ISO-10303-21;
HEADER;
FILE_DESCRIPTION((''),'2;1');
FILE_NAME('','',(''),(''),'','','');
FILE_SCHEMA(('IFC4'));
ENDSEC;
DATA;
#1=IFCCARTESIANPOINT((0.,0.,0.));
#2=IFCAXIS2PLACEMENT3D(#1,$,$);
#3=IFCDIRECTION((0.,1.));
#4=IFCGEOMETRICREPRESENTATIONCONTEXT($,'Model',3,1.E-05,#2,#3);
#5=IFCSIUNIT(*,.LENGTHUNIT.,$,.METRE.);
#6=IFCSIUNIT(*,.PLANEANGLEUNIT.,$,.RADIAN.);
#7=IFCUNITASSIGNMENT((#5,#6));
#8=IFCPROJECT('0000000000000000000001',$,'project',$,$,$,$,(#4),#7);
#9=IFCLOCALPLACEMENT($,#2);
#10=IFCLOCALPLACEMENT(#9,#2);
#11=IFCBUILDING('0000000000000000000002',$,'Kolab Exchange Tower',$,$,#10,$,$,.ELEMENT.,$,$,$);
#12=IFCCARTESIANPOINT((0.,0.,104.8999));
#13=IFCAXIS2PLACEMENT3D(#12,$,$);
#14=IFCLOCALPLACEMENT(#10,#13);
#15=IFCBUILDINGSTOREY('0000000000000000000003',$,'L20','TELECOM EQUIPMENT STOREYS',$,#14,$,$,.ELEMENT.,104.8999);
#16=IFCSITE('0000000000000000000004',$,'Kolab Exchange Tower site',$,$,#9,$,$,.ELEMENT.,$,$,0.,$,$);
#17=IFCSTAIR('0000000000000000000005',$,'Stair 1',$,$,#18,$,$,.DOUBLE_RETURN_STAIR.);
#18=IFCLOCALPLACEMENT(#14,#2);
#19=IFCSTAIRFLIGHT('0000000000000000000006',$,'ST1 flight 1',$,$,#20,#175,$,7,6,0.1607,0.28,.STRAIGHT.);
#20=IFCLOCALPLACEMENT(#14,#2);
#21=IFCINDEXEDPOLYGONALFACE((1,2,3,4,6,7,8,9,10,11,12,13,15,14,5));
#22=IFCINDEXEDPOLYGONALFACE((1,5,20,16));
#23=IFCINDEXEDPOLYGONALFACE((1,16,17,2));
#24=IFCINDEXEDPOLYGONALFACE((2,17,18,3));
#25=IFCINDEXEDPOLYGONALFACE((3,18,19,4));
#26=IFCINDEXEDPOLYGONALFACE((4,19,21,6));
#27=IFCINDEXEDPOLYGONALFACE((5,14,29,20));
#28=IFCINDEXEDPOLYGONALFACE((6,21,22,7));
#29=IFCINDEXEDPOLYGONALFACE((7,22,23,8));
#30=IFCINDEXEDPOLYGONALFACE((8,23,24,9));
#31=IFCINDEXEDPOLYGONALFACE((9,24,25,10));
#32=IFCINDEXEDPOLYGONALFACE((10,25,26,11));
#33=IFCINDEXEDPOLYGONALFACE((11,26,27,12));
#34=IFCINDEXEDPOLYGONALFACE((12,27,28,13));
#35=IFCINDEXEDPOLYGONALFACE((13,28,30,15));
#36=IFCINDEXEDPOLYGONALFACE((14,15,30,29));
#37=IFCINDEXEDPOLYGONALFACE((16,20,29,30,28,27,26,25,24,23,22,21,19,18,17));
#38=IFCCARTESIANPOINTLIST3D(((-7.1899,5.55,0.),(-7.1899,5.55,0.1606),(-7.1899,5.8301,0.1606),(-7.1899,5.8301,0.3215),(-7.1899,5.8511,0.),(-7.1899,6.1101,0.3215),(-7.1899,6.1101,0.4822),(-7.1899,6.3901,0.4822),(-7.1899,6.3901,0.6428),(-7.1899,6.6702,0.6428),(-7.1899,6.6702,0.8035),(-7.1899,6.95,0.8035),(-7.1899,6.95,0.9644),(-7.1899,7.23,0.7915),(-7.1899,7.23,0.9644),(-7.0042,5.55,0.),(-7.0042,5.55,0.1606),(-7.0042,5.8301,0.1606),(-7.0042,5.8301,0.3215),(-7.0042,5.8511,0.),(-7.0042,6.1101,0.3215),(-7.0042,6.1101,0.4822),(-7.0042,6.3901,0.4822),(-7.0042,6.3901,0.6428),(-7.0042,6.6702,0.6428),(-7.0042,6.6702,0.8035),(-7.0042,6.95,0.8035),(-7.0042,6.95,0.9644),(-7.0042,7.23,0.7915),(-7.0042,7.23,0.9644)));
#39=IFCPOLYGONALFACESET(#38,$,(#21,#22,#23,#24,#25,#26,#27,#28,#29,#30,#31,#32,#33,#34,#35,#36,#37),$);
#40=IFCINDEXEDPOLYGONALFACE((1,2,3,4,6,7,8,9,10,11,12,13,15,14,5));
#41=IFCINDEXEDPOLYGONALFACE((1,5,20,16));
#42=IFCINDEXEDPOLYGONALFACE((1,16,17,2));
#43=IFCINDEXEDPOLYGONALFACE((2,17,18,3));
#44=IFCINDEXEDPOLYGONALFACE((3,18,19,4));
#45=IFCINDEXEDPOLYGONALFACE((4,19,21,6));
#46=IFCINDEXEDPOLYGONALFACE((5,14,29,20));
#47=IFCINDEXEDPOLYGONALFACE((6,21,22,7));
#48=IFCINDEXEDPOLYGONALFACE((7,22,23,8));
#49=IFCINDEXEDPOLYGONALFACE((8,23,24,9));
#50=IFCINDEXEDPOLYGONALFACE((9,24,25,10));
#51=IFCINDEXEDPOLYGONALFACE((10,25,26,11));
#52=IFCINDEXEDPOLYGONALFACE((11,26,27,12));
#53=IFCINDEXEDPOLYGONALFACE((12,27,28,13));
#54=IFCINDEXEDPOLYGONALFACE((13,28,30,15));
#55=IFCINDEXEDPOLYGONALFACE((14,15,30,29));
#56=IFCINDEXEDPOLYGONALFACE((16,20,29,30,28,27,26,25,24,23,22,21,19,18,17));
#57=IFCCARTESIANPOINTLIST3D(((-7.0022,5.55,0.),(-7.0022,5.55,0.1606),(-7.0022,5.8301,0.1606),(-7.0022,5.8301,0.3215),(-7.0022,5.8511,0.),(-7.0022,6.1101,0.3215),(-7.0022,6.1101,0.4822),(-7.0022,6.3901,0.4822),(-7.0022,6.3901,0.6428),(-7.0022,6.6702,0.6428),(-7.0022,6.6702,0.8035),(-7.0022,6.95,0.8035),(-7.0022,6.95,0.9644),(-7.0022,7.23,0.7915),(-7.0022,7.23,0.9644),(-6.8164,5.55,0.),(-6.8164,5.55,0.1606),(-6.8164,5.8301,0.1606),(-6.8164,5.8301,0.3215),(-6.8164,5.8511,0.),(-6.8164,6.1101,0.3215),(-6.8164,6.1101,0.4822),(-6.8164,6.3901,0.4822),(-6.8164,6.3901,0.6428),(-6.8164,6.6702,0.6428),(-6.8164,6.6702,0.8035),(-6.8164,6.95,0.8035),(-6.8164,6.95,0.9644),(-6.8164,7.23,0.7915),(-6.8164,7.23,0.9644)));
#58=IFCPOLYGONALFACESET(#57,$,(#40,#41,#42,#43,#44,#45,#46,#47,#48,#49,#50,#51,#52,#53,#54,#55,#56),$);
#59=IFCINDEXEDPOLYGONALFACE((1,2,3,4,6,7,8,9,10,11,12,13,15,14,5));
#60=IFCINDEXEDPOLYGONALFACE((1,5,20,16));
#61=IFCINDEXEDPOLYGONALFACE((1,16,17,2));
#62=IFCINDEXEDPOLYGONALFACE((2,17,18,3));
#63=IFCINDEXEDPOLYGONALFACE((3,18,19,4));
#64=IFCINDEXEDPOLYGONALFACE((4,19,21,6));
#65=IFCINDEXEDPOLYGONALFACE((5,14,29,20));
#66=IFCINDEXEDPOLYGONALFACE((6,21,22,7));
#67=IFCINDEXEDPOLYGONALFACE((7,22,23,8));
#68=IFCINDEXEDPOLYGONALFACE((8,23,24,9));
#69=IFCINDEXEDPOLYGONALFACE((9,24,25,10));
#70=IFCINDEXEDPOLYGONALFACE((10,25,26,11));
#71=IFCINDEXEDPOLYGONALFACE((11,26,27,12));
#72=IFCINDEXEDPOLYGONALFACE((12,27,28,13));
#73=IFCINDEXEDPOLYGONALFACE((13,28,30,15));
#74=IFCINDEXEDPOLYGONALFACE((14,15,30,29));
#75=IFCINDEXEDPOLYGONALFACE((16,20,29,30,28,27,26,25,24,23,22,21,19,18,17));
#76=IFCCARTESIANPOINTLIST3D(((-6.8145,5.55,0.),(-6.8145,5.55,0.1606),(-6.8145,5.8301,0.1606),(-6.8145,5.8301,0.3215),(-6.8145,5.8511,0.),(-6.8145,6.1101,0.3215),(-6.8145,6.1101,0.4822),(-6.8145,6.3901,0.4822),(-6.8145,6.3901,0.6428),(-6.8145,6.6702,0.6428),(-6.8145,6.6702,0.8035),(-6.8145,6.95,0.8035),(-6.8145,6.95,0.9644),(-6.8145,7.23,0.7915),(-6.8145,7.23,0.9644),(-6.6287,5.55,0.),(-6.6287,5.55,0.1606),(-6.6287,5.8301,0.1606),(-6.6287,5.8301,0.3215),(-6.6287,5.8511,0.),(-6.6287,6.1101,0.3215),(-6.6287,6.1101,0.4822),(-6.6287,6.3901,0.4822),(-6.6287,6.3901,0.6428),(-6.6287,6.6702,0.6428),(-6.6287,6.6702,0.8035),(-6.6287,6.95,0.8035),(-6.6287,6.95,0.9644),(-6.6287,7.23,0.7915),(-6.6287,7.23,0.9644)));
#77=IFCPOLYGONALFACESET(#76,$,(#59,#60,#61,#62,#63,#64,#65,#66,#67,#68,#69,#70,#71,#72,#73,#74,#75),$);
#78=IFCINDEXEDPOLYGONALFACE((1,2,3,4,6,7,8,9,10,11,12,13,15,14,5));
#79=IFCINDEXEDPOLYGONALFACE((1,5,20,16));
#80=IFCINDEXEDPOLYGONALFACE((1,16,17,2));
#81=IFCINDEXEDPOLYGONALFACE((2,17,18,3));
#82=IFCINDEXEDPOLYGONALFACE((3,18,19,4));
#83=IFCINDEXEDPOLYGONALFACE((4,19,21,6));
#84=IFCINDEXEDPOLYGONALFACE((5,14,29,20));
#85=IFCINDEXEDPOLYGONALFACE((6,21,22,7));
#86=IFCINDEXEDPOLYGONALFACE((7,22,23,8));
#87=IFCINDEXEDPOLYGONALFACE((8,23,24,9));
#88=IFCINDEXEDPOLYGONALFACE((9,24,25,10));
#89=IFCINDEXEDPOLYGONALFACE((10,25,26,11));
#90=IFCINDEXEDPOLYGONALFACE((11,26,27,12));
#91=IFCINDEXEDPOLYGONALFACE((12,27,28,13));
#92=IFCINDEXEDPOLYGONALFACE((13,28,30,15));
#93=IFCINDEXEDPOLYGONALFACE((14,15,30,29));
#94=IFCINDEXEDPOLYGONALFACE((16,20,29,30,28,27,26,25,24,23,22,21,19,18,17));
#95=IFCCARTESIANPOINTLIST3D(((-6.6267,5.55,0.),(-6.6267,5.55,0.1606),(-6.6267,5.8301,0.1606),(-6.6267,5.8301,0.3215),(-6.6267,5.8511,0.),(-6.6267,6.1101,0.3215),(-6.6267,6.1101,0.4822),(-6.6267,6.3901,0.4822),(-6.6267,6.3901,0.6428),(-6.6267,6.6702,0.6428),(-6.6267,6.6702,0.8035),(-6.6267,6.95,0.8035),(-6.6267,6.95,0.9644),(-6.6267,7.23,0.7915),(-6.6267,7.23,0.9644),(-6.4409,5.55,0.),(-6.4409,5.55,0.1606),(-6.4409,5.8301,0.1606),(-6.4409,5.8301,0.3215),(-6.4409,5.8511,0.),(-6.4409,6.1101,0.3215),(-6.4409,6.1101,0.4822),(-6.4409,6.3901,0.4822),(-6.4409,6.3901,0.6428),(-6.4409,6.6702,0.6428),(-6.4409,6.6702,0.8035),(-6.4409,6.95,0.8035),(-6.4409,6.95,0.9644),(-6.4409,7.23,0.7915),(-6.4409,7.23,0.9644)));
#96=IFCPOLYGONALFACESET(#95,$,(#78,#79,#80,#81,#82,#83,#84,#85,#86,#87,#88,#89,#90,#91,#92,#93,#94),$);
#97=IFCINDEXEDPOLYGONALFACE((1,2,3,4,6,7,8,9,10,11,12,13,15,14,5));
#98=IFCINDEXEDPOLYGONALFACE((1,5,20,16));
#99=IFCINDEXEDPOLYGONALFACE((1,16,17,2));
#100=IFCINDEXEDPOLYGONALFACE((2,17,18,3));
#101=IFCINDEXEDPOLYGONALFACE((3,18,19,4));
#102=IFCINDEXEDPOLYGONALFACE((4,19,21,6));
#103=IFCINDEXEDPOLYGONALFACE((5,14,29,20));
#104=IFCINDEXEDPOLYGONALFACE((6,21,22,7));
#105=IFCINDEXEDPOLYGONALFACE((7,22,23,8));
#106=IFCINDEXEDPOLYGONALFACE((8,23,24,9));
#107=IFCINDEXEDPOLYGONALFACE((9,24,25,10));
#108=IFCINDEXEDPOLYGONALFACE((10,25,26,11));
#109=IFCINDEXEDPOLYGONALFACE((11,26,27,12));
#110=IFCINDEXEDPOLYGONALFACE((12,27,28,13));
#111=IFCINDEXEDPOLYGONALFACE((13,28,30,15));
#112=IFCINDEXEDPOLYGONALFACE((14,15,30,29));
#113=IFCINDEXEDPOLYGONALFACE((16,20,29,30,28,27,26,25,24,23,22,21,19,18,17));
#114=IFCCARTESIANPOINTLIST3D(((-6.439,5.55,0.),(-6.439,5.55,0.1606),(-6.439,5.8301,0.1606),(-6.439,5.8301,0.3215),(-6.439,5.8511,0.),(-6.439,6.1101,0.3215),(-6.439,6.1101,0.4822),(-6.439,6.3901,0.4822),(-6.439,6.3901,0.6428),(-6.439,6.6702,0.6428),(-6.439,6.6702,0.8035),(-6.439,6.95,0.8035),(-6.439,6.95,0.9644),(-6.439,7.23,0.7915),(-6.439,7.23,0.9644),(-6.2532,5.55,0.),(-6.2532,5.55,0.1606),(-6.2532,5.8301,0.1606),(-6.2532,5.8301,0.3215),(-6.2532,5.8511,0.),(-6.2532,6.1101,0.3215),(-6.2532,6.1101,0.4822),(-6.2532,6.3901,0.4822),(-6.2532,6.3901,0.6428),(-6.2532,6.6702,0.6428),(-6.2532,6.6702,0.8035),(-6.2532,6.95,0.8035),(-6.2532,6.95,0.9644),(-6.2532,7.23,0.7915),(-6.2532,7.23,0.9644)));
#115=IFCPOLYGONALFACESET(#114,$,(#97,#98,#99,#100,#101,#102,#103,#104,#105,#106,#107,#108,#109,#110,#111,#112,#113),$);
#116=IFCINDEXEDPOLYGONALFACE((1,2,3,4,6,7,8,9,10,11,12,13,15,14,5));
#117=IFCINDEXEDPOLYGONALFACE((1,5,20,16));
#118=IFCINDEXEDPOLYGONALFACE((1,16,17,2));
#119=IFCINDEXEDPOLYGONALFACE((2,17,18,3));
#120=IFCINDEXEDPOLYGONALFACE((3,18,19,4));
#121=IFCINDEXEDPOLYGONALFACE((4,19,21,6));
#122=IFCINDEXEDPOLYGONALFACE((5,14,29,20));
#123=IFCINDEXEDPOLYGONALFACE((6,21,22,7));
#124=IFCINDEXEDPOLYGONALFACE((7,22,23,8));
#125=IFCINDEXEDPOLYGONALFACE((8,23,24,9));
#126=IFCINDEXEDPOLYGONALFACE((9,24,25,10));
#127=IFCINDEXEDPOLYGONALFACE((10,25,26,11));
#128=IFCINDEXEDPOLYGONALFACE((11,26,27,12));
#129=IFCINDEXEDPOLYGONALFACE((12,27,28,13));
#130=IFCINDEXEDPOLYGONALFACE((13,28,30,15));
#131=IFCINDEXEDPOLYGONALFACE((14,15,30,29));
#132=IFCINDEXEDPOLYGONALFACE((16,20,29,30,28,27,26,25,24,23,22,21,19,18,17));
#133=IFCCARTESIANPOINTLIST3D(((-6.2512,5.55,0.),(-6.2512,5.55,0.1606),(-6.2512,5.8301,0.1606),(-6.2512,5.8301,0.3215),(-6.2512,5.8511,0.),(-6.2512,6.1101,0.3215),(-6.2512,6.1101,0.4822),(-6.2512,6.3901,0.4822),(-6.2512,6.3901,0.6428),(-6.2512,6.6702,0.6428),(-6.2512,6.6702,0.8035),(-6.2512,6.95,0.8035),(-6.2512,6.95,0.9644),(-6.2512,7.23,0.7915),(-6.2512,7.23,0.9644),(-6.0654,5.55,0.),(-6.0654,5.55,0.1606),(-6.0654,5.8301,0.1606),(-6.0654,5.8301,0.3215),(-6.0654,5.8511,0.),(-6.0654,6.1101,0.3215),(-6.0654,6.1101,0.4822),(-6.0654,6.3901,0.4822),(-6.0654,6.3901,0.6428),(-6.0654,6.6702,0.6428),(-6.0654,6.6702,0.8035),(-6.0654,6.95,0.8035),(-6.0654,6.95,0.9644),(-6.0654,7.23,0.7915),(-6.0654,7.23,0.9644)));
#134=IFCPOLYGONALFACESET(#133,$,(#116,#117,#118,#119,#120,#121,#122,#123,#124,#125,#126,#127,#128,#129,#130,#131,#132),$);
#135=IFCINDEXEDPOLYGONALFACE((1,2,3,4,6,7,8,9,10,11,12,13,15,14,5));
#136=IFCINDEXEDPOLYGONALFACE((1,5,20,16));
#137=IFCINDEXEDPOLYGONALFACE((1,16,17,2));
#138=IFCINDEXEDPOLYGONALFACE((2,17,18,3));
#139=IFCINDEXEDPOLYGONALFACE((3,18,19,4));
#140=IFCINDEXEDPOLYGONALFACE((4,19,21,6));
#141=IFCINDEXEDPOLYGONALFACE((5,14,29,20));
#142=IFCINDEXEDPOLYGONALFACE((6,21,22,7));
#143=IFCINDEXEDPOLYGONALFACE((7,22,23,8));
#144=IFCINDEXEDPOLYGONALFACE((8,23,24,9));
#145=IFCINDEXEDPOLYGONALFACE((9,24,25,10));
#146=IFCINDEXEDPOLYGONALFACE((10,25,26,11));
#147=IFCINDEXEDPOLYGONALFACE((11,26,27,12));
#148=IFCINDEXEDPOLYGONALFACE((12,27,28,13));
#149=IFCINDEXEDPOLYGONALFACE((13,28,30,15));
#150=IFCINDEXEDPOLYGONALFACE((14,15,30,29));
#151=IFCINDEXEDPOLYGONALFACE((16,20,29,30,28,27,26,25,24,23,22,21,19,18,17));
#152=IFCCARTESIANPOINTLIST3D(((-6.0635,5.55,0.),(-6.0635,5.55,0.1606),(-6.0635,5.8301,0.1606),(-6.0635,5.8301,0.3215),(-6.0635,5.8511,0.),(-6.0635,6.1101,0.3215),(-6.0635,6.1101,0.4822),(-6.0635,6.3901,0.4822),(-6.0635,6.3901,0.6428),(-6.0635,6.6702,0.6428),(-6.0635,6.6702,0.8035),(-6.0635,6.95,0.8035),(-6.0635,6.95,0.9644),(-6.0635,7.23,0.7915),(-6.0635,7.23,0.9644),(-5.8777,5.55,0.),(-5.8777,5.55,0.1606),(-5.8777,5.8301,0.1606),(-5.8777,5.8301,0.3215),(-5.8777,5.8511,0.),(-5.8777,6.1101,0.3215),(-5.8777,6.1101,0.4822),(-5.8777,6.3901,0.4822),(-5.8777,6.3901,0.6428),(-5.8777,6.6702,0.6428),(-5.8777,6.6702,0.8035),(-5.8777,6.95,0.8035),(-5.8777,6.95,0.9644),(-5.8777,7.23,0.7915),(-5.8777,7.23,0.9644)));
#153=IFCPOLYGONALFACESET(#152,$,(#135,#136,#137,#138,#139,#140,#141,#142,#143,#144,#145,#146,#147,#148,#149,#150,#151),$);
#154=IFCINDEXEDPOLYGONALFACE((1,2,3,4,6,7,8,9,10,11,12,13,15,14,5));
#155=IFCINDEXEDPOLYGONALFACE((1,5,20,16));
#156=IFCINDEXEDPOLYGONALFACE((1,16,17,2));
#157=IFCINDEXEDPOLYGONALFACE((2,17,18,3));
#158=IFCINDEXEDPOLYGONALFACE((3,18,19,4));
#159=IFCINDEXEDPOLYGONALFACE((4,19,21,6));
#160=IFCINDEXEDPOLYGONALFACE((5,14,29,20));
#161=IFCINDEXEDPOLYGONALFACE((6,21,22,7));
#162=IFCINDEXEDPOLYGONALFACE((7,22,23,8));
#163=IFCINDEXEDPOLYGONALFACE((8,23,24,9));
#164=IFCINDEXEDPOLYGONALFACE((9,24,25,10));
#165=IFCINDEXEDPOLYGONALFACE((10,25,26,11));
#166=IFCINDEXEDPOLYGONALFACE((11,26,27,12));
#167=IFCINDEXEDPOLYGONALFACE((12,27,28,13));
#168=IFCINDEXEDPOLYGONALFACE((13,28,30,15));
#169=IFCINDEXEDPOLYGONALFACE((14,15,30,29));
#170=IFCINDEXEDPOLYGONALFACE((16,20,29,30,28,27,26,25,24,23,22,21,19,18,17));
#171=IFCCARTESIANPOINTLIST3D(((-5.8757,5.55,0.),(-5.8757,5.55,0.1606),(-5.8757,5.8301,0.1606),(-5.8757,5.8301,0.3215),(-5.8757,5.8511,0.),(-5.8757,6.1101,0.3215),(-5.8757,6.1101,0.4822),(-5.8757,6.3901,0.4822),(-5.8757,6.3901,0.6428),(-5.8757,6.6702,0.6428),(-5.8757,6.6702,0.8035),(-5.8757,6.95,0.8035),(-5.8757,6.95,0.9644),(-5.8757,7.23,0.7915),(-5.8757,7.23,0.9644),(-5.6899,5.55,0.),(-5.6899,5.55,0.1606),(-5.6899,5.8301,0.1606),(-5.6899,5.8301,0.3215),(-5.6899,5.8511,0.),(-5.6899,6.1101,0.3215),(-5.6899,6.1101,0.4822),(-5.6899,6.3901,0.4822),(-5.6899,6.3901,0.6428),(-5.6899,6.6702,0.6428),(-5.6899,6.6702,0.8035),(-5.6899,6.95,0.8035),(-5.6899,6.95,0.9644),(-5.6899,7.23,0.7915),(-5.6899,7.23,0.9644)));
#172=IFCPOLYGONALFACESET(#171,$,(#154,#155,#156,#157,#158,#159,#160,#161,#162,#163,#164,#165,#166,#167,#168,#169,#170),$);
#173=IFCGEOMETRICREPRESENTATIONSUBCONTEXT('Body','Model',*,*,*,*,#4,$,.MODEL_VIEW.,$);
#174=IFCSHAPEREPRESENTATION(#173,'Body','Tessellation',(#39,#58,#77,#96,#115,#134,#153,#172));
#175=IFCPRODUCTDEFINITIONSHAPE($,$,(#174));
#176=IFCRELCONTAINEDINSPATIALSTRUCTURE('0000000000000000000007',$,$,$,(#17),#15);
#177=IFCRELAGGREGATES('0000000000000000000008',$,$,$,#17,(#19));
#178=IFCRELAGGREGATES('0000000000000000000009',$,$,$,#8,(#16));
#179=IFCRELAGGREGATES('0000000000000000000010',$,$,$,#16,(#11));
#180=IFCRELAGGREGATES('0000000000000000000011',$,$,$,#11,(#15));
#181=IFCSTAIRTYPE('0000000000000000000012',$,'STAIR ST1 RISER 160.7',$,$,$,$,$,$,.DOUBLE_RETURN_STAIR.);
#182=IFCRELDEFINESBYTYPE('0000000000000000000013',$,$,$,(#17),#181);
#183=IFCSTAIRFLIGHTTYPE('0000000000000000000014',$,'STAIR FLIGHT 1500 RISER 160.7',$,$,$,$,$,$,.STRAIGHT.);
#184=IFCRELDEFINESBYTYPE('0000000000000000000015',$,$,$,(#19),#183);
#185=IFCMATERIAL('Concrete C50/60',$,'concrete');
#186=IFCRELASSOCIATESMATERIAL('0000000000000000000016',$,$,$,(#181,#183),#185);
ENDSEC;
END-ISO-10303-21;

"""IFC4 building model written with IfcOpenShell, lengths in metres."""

from ifc_helpers import new_model, si_unit, direction, frame, origin, place, context, subcontext, project, spatial, polyline, outline, extrude, material, type_object, element, aggregate, save


model = new_model("IFC4")

# Units and contexts
model_context = context("Model", 3, precision=1e-05, world=origin(), true_north=direction((0.0, 1.0)))
body_context = subcontext(model_context, "Body", "Model", "MODEL_VIEW")
ifc_project = project(units=[si_unit("LENGTHUNIT", "METRE"), si_unit("PLANEANGLEUNIT", "RADIAN")], contexts=[model_context])

# Site, building, storey
site_placement = place(None, origin())
site = spatial("IfcSite", under=ifc_project, at=site_placement, Name="Kolab Exchange Tower site", CompositionType="ELEMENT", RefElevation=0.0)
building_placement = place(site_placement, origin())
building = spatial("IfcBuilding", under=site, at=building_placement, Name="Kolab Exchange Tower", CompositionType="ELEMENT")
storey_placement = place(building_placement, frame((0.0, 0.0, 104.8999)))
storey = spatial("IfcBuildingStorey", under=building, at=storey_placement, Name="L20", Description="TELECOM EQUIPMENT STOREYS", CompositionType="ELEMENT", Elevation=104.8999)

# Shared definitions
ifc_material_1 = material(Name="Concrete C50/60", Category="concrete")

# Stair, stair flight
stair_type = type_object("IfcStairType", Name="STAIR ST1 RISER 160.7", PredefinedType="DOUBLE_RETURN_STAIR", material=ifc_material_1)
stair_placement = place(storey_placement, origin())
stair = element("IfcStair", 1, at=stair_placement, inside=storey, type_object=stair_type, Name="Stair 1", PredefinedType="DOUBLE_RETURN_STAIR")
stair_flight_type = type_object("IfcStairFlightType", Name="STAIR FLIGHT 1500 RISER 160.7", PredefinedType="STRAIGHT", material=ifc_material_1)
stair_flight_1_placement = place(storey_placement, frame((-6.4399, 5.55, 0.0), z_axis=(0.0, 0.0, 1.0), x_axis=(0.0, 1.0, 0.0)))
stair_flight_1 = element("IfcStairFlight", 2, at=stair_flight_1_placement, type_object=stair_flight_type, Name="ST1 flight 1", NumberOfRisers=7, NumberOfTreads=6, PredefinedType="STRAIGHT", RiserHeight=0.1607, TreadLength=0.28, context=body_context, shape_type="SweptSolid", body=[
    extrude(outline(polyline([(0.0, 0.0), (0.0, 0.1606), (0.28, 0.1606), (0.28, 0.3215), (0.5601, 0.3215), (0.5601, 0.4822), (0.8401, 0.4822), (0.8401, 0.6428), (1.1201, 0.6428), (1.1201, 0.8035), (1.3999, 0.8035), (1.3999, 0.9644), (1.6799, 0.9644), (1.6799, 1.125), (1.6799, 0.7915), (0.301, 0.0), (0.0, 0.0)])), frame((0.0, 0.75, 0.0), z_axis=(0.0, -1.0, 0.0), x_axis=(1.0, 0.0, 0.0)), (0.0, 0.0, 1.0), 0.1858),
    extrude(outline(polyline([(0.0, 0.0), (0.0, 0.1606), (0.28, 0.1606), (0.28, 0.3215), (0.5601, 0.3215), (0.5601, 0.4822), (0.8401, 0.4822), (0.8401, 0.6428), (1.1201, 0.6428), (1.1201, 0.8035), (1.3999, 0.8035), (1.3999, 0.9644), (1.6799, 0.9644), (1.6799, 1.125), (1.6799, 0.7915), (0.301, 0.0), (0.0, 0.0)])), frame((0.0, 0.5623, 0.0), z_axis=(0.0, -1.0, 0.0), x_axis=(1.0, 0.0, 0.0)), (0.0, 0.0, 1.0), 0.1858),
    extrude(outline(polyline([(0.0, 0.0), (0.0, 0.1606), (0.28, 0.1606), (0.28, 0.3215), (0.5601, 0.3215), (0.5601, 0.4822), (0.8401, 0.4822), (0.8401, 0.6428), (1.1201, 0.6428), (1.1201, 0.8035), (1.3999, 0.8035), (1.3999, 0.9644), (1.6799, 0.9644), (1.6799, 1.125), (1.6799, 0.7915), (0.301, 0.0), (0.0, 0.0)])), frame((0.0, 0.3745, 0.0), z_axis=(0.0, -1.0, 0.0), x_axis=(1.0, 0.0, 0.0)), (0.0, 0.0, 1.0), 0.1858),
    extrude(outline(polyline([(0.0, 0.0), (0.0, 0.1606), (0.28, 0.1606), (0.28, 0.3215), (0.5601, 0.3215), (0.5601, 0.4822), (0.8401, 0.4822), (0.8401, 0.6428), (1.1201, 0.6428), (1.1201, 0.8035), (1.3999, 0.8035), (1.3999, 0.9644), (1.6799, 0.9644), (1.6799, 1.125), (1.6799, 0.7915), (0.301, 0.0), (0.0, 0.0)])), frame((0.0, 0.1868, 0.0), z_axis=(0.0, -1.0, 0.0), x_axis=(1.0, 0.0, 0.0)), (0.0, 0.0, 1.0), 0.1858),
    extrude(outline(polyline([(0.0, 0.0), (0.0, 0.1606), (0.28, 0.1606), (0.28, 0.3215), (0.5601, 0.3215), (0.5601, 0.4822), (0.8401, 0.4822), (0.8401, 0.6428), (1.1201, 0.6428), (1.1201, 0.8035), (1.3999, 0.8035), (1.3999, 0.9644), (1.6799, 0.9644), (1.6799, 1.125), (1.6799, 0.7915), (0.301, 0.0), (0.0, 0.0)])), frame((0.0, -0.001, 0.0), z_axis=(0.0, -1.0, 0.0), x_axis=(1.0, 0.0, 0.0)), (0.0, 0.0, 1.0), 0.1858),
    extrude(outline(polyline([(0.0, 0.0), (0.0, 0.1606), (0.28, 0.1606), (0.28, 0.3215), (0.5601, 0.3215), (0.5601, 0.4822), (0.8401, 0.4822), (0.8401, 0.6428), (1.1201, 0.6428), (1.1201, 0.8035), (1.3999, 0.8035), (1.3999, 0.9644), (1.6799, 0.9644), (1.6799, 1.125), (1.6799, 0.7915), (0.301, 0.0), (0.0, 0.0)])), frame((0.0, -0.1887, 0.0), z_axis=(0.0, -1.0, 0.0), x_axis=(1.0, 0.0, 0.0)), (0.0, 0.0, 1.0), 0.1858),
    extrude(outline(polyline([(0.0, 0.0), (0.0, 0.1606), (0.28, 0.1606), (0.28, 0.3215), (0.5601, 0.3215), (0.5601, 0.4822), (0.8401, 0.4822), (0.8401, 0.6428), (1.1201, 0.6428), (1.1201, 0.8035), (1.3999, 0.8035), (1.3999, 0.9644), (1.6799, 0.9644), (1.6799, 1.125), (1.6799, 0.7915), (0.301, 0.0), (0.0, 0.0)])), frame((0.0, -0.3765, 0.0), z_axis=(0.0, -1.0, 0.0), x_axis=(1.0, 0.0, 0.0)), (0.0, 0.0, 1.0), 0.1858),
    extrude(outline(polyline([(0.0, 0.0), (0.0, 0.1606), (0.28, 0.1606), (0.28, 0.3215), (0.5601, 0.3215), (0.5601, 0.4822), (0.8401, 0.4822), (0.8401, 0.6428), (1.1201, 0.6428), (1.1201, 0.8035), (1.3999, 0.8035), (1.3999, 0.9644), (1.6799, 0.9644), (1.6799, 1.125), (1.6799, 0.7915), (0.301, 0.0), (0.0, 0.0)])), frame((0.0, -0.5642, 0.0), z_axis=(0.0, -1.0, 0.0), x_axis=(1.0, 0.0, 0.0)), (0.0, 0.0, 1.0), 0.1858),
])
aggregate(stair, [stair_flight_1])

save(model, "model.ifc")
